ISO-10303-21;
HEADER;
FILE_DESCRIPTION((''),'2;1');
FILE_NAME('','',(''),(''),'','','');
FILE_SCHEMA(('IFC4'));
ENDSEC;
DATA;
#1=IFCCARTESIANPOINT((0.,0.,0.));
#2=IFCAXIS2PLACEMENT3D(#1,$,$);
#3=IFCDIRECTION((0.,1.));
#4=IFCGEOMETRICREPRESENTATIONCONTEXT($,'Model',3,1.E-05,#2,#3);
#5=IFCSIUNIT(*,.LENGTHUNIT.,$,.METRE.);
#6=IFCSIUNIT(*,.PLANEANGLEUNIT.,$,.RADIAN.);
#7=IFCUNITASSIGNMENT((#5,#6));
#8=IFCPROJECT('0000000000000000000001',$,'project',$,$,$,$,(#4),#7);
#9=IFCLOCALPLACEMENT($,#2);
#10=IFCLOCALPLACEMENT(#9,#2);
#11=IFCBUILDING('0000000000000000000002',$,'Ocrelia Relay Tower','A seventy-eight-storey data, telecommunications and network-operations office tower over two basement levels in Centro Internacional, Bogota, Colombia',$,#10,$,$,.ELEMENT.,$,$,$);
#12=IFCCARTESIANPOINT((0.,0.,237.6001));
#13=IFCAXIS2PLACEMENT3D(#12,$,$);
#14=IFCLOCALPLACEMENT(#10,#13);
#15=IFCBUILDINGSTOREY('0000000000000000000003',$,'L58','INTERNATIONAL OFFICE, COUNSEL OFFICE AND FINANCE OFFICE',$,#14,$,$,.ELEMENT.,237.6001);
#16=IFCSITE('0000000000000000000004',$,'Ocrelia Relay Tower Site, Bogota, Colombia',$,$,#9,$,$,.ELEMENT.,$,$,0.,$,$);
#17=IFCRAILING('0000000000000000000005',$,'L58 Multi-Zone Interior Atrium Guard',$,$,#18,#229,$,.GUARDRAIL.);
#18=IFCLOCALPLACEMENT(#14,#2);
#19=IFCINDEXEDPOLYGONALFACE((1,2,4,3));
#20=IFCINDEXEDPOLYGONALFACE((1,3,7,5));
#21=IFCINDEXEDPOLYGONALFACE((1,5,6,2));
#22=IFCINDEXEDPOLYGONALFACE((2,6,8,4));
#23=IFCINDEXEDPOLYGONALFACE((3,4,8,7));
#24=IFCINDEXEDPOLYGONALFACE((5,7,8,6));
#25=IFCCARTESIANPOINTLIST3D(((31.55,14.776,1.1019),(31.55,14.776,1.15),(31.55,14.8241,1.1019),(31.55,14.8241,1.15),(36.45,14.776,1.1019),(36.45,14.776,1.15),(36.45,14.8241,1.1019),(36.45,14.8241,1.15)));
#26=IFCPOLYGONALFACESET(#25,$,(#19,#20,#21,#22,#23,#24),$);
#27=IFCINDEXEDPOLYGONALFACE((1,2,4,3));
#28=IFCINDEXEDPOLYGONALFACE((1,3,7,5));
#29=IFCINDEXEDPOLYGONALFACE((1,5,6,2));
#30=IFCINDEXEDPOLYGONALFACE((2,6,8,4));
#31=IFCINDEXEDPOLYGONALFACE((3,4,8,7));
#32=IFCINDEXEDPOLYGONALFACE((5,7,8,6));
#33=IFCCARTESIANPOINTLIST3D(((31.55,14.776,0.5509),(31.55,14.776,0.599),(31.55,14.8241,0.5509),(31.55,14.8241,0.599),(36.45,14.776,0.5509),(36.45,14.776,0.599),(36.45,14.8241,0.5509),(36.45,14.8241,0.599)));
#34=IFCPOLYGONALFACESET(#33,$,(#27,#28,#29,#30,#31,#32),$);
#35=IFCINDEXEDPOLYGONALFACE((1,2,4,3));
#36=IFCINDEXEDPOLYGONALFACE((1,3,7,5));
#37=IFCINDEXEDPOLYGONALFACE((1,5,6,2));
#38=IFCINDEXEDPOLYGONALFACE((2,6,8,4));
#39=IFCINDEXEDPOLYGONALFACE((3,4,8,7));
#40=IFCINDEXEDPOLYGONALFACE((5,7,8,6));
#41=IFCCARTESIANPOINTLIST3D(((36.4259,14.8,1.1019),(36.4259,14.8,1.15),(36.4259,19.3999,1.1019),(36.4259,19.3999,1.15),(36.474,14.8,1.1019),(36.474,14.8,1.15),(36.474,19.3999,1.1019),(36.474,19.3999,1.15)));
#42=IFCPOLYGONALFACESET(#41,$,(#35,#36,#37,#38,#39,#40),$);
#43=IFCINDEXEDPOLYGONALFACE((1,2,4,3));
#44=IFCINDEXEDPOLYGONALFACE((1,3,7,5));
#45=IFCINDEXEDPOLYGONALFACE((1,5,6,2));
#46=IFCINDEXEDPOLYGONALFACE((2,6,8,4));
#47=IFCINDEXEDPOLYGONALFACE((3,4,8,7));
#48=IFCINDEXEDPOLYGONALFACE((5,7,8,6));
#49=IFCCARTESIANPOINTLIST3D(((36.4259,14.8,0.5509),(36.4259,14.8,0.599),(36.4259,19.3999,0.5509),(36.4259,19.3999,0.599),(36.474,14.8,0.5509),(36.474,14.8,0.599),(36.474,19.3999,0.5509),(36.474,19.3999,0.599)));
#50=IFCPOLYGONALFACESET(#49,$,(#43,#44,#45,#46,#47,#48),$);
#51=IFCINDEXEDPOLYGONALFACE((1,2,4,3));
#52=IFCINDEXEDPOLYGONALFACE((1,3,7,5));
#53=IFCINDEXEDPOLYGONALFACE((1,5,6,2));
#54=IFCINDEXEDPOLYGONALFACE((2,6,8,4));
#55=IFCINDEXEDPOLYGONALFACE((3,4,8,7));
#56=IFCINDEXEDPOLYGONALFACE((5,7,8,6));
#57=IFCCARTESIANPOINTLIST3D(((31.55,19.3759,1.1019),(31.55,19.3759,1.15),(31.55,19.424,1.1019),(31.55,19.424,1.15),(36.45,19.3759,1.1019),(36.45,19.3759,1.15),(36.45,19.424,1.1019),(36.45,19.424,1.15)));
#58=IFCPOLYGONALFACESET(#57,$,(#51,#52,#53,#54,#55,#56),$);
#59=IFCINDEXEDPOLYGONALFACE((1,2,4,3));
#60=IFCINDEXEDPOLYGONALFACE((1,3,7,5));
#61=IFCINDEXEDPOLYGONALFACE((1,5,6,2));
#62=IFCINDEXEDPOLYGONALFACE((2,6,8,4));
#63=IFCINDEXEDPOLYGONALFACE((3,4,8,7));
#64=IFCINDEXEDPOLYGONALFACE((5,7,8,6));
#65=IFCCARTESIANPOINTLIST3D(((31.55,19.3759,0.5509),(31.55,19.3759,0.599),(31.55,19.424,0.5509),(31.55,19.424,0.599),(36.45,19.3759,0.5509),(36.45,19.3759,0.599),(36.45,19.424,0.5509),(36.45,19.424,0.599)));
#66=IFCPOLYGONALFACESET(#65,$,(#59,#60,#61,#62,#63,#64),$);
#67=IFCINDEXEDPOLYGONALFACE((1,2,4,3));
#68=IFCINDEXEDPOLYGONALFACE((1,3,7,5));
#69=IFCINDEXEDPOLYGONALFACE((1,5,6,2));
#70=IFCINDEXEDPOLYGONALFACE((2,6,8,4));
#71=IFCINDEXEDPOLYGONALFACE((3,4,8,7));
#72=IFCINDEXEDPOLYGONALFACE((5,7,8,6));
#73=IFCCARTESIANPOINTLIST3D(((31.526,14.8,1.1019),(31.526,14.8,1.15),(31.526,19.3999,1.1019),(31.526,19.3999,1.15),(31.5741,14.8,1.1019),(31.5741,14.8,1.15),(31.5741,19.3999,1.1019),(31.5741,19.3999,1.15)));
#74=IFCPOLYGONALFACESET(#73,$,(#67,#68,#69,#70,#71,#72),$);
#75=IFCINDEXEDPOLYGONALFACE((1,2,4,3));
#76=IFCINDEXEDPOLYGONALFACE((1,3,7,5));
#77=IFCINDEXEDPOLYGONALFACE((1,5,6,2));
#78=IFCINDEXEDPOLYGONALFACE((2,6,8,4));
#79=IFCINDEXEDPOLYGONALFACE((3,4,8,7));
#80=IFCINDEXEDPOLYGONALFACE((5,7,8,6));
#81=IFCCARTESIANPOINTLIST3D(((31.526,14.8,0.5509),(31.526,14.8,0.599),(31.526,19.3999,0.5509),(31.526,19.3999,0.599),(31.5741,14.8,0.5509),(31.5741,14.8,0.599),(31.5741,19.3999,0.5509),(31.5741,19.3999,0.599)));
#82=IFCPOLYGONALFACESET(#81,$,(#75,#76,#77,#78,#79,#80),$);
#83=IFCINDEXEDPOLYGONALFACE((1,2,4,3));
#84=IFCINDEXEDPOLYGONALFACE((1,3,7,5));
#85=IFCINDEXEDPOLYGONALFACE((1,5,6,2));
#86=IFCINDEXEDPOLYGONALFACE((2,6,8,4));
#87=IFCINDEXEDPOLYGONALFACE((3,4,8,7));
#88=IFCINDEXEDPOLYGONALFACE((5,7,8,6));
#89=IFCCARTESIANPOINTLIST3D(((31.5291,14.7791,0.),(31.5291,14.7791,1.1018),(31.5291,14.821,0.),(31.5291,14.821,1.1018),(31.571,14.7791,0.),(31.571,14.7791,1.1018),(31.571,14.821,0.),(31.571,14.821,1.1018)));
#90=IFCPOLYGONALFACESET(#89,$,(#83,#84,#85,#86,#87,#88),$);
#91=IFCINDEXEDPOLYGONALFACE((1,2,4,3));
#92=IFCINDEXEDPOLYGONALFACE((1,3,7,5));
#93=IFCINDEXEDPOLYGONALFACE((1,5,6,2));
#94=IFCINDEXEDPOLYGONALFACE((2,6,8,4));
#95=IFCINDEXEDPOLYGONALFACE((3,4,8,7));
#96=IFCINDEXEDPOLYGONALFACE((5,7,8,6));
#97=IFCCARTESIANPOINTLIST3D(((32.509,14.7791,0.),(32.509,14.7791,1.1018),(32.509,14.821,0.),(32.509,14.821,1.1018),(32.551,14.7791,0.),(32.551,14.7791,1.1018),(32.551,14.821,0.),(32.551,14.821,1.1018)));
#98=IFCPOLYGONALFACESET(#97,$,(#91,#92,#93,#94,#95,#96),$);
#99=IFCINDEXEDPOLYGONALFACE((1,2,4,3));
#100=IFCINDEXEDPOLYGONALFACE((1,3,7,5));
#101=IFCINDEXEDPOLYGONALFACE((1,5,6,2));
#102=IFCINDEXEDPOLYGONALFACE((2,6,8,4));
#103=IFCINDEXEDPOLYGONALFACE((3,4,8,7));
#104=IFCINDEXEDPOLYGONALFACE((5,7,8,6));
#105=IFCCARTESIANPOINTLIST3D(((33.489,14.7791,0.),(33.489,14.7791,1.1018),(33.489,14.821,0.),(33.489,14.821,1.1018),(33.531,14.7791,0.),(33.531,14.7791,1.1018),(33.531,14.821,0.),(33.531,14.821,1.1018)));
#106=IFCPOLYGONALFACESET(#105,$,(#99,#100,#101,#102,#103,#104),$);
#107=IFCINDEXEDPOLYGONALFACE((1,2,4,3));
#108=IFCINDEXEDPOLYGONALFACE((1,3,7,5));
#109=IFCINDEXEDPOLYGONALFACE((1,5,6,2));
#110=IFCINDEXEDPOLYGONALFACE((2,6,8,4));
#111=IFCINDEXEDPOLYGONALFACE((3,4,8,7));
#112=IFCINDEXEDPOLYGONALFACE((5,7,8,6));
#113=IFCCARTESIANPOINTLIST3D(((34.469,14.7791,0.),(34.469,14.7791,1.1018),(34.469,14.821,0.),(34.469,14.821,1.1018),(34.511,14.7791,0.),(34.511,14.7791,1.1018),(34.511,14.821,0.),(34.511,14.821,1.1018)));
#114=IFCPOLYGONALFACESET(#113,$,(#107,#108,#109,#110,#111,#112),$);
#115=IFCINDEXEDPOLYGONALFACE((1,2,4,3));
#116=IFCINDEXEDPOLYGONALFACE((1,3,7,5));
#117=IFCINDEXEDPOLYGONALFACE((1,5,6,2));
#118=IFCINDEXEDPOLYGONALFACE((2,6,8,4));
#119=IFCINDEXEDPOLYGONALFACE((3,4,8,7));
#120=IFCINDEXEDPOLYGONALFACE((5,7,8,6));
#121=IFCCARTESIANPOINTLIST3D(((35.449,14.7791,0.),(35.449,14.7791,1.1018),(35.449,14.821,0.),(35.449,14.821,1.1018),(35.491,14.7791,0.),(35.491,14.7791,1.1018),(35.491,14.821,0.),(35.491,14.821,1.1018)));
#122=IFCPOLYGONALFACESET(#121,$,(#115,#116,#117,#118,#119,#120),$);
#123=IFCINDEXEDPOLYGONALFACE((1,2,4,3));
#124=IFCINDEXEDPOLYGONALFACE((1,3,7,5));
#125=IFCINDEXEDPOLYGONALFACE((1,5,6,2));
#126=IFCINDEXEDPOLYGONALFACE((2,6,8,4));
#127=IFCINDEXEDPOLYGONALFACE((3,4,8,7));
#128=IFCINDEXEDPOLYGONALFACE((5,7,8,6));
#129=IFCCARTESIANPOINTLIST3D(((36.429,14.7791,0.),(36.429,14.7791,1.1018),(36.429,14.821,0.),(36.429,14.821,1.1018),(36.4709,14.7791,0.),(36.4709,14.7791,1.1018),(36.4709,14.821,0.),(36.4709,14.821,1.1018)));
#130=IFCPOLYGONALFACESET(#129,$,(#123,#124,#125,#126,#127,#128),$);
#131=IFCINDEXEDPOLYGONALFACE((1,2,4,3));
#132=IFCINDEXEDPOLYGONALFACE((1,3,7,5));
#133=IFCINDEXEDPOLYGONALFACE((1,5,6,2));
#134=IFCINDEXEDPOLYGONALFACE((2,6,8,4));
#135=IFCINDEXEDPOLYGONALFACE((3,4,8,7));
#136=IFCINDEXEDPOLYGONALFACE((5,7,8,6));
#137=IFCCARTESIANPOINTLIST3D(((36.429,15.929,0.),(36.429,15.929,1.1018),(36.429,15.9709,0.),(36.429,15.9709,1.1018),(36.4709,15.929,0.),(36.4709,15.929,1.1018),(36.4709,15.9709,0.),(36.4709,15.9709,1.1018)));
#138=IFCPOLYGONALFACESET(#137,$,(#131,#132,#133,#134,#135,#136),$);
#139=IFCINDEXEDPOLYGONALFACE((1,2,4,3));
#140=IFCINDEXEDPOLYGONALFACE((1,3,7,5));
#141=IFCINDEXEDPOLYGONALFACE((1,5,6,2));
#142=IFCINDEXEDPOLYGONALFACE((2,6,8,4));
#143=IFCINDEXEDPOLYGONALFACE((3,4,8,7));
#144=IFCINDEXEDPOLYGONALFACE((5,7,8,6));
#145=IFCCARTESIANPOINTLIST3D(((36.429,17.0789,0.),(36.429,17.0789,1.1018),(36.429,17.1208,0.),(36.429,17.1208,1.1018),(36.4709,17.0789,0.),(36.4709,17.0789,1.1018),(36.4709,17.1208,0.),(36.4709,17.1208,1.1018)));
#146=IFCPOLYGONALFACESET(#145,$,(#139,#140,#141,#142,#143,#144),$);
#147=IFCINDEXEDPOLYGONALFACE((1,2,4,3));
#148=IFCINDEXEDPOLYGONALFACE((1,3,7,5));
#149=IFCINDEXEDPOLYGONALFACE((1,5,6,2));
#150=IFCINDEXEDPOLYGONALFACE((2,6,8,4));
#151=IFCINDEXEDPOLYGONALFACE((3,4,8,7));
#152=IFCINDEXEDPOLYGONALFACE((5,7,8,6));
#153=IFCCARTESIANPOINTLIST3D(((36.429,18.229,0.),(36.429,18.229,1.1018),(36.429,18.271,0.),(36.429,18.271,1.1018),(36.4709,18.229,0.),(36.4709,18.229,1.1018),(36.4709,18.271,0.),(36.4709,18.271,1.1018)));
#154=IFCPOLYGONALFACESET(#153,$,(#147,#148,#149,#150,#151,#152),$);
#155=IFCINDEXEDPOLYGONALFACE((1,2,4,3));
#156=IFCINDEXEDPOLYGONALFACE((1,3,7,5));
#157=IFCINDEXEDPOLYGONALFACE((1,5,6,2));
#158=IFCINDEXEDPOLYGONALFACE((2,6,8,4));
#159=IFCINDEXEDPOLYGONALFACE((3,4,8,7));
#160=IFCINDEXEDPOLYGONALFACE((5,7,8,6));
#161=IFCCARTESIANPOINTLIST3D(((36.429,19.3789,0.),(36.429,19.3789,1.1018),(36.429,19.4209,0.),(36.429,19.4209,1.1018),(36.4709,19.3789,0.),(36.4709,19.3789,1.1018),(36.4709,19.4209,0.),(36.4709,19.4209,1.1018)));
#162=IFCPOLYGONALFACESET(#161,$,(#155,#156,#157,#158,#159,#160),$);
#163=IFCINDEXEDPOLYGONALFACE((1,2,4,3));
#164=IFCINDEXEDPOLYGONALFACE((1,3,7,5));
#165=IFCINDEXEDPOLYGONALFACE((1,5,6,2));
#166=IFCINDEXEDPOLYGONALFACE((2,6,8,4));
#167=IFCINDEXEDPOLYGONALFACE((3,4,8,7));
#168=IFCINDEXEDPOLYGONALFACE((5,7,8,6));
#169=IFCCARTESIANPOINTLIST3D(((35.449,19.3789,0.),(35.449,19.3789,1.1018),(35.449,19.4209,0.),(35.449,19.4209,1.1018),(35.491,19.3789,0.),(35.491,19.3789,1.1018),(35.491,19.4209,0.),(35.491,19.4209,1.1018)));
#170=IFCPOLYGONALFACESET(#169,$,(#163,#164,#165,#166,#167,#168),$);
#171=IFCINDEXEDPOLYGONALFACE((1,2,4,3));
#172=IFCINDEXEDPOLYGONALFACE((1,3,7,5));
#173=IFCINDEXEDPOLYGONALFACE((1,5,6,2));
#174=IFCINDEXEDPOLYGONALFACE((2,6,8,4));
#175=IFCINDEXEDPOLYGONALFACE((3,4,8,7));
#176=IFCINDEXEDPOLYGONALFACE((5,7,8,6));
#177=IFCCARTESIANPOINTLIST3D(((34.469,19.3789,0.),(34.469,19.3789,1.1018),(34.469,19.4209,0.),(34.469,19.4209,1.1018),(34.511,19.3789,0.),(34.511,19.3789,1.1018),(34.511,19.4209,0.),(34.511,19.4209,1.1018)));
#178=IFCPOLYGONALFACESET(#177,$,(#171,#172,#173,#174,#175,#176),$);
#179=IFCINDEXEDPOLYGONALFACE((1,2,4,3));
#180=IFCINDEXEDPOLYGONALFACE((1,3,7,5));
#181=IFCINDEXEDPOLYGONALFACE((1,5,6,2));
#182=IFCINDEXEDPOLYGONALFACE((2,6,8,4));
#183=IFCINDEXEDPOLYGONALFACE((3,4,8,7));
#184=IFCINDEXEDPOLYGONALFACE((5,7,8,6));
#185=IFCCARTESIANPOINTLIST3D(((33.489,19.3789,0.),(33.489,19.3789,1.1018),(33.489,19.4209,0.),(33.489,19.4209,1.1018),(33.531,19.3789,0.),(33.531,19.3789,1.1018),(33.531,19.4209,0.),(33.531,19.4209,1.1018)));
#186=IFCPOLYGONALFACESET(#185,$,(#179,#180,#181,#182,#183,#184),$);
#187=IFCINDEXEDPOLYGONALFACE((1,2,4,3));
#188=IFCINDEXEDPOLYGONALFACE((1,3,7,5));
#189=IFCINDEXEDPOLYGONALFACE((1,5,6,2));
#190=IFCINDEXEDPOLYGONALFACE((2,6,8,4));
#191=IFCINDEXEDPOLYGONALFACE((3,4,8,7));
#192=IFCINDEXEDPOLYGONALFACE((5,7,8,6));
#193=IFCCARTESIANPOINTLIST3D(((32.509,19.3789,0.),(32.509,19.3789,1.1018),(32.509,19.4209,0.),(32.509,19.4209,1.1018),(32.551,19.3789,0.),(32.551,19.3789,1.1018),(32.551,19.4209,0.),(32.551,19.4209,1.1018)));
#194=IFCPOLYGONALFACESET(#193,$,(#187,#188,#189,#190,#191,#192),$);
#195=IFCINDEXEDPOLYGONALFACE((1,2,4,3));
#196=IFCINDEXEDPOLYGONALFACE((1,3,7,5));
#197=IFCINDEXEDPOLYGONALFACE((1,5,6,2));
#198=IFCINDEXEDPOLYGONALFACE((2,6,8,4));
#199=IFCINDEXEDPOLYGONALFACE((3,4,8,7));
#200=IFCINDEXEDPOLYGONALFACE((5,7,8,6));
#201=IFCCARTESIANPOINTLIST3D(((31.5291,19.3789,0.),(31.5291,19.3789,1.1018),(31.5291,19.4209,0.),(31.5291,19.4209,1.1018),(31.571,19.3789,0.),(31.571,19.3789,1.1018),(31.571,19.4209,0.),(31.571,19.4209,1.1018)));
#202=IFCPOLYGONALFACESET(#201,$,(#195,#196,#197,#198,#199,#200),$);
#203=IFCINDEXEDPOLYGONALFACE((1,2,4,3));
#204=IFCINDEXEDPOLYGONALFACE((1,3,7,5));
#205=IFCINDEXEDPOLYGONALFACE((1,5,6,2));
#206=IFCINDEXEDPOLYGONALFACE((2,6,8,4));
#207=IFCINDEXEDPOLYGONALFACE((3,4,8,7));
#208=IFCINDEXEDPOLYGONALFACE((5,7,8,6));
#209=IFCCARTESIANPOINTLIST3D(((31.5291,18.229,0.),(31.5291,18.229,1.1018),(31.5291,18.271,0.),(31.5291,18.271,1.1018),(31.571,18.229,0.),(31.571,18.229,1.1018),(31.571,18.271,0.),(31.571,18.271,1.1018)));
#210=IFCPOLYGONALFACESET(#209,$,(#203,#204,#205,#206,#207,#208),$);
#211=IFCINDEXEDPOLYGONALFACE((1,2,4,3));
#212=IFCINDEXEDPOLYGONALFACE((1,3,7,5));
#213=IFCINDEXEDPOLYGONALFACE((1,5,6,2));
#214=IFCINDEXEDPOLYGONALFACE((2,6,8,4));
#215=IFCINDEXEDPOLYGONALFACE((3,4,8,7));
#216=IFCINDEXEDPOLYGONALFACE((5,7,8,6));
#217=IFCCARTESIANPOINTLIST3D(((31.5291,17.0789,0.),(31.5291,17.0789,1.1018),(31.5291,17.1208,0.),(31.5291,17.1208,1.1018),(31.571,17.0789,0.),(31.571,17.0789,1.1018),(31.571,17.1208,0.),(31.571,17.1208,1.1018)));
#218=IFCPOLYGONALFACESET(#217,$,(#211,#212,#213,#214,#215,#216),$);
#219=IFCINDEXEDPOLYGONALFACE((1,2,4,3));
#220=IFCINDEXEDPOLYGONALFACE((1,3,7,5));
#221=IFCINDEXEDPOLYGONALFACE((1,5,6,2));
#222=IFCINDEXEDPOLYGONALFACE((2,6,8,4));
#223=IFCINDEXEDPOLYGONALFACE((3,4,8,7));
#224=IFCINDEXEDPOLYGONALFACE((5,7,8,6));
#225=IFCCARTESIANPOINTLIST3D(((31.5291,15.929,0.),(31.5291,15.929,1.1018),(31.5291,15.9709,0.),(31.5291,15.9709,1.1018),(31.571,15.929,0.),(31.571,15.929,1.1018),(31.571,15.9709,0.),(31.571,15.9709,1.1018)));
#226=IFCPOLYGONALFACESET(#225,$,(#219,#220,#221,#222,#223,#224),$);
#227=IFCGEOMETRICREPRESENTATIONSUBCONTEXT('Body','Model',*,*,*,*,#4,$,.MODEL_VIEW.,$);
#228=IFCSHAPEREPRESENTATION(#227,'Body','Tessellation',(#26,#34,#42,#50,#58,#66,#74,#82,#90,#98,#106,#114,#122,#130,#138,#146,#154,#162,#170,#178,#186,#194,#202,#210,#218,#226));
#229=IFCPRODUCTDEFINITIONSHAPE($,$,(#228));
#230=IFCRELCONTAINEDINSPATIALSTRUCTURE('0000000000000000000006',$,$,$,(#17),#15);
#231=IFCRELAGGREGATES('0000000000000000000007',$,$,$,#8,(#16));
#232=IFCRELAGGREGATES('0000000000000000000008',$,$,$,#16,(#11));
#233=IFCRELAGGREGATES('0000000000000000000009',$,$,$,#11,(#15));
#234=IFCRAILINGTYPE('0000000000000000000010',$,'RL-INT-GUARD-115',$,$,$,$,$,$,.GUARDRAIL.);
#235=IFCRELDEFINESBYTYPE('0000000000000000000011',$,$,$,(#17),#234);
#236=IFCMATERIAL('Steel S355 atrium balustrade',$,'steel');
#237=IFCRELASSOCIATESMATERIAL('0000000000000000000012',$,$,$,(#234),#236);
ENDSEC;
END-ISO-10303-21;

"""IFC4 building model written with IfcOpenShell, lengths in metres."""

from ifc_helpers import new_model, si_unit, direction, frame, origin, origin_2d, place, context, subcontext, project, spatial, rectangle, extrude, material, type_object, element, save


model = new_model("IFC4")

# Units and contexts
model_context = context("Model", 3, precision=1e-05, world=origin(), true_north=direction((0.0, 1.0)))
body_context = subcontext(model_context, "Body", "Model", "MODEL_VIEW")
ifc_project = project(units=[si_unit("LENGTHUNIT", "METRE"), si_unit("PLANEANGLEUNIT", "RADIAN")], contexts=[model_context])

# Site, building, storey
site_placement = place(None, origin())
site = spatial("IfcSite", under=ifc_project, at=site_placement, Name="Ocrelia Relay Tower Site, Bogota, Colombia", CompositionType="ELEMENT", RefElevation=0.0)
building_placement = place(site_placement, origin())
building = spatial("IfcBuilding", under=site, at=building_placement, Name="Ocrelia Relay Tower", Description="A seventy-eight-storey data, telecommunications and network-operations office tower over two basement levels in Centro Internacional, Bogota, Colombia", CompositionType="ELEMENT")
storey_placement = place(building_placement, frame((0.0, 0.0, 237.6001)))
storey = spatial("IfcBuildingStorey", under=building, at=storey_placement, Name="L58", Description="INTERNATIONAL OFFICE, COUNSEL OFFICE AND FINANCE OFFICE", CompositionType="ELEMENT", Elevation=237.6001)

# Railing
ifc_material_1 = material(Name="Steel S355 atrium balustrade", Category="steel")
railing_type = type_object("IfcRailingType", Name="RL-INT-GUARD-115", PredefinedType="GUARDRAIL", material=ifc_material_1)
railing_placement = place(storey_placement, frame((31.55, 14.8, 0.0)))
element("IfcRailing", 1, at=railing_placement, inside=storey, type_object=railing_type, Name="L58 Multi-Zone Interior Atrium Guard", PredefinedType="GUARDRAIL", context=body_context, shape_type="SweptSolid", body=[
    extrude(rectangle(XDim=0.0481, YDim=0.0481, at=origin_2d()), frame((0.0, 0.0, 1.126), z_axis=(1.0, 0.0, 0.0), x_axis=(0.0, 1.0, 0.0)), (0.0, 0.0, 1.0), 4.8999),
    extrude(rectangle(XDim=0.0481, YDim=0.0481, at=origin_2d()), frame((0.0, 0.0, 0.575), z_axis=(1.0, 0.0, 0.0), x_axis=(0.0, 1.0, 0.0)), (0.0, 0.0, 1.0), 4.8999),
    extrude(rectangle(XDim=0.0481, YDim=0.0481, at=origin_2d()), frame((4.8999, 0.0, 1.126), z_axis=(0.0, 1.0, 0.0), x_axis=(-1.0, 0.0, 0.0)), (0.0, 0.0, 1.0), 4.5999),
    extrude(rectangle(XDim=0.0481, YDim=0.0481, at=origin_2d()), frame((4.8999, 0.0, 0.575), z_axis=(0.0, 1.0, 0.0), x_axis=(-1.0, 0.0, 0.0)), (0.0, 0.0, 1.0), 4.5999),
    extrude(rectangle(XDim=0.0481, YDim=0.0481, at=origin_2d()), frame((4.8999, 4.5999, 1.126), z_axis=(-1.0, 0.0, 0.0), x_axis=(0.0, -1.0, 0.0)), (0.0, 0.0, 1.0), 4.8999),
    extrude(rectangle(XDim=0.0481, YDim=0.0481, at=origin_2d()), frame((4.8999, 4.5999, 0.575), z_axis=(-1.0, 0.0, 0.0), x_axis=(0.0, -1.0, 0.0)), (0.0, 0.0, 1.0), 4.8999),
    extrude(rectangle(XDim=0.0481, YDim=0.0481, at=origin_2d()), frame((0.0, 4.5999, 1.126), z_axis=(0.0, -1.0, 0.0), x_axis=(1.0, 0.0, 0.0)), (0.0, 0.0, 1.0), 4.5999),
    extrude(rectangle(XDim=0.0481, YDim=0.0481, at=origin_2d()), frame((0.0, 4.5999, 0.575), z_axis=(0.0, -1.0, 0.0), x_axis=(1.0, 0.0, 0.0)), (0.0, 0.0, 1.0), 4.5999),
    extrude(rectangle(XDim=0.042, YDim=0.042, at=origin_2d()), origin(), (0.0, 0.0, 1.0), 1.1018),
    extrude(rectangle(XDim=0.042, YDim=0.042, at=origin_2d()), frame((0.98, 0.0, 0.0)), (0.0, 0.0, 1.0), 1.1018),
    extrude(rectangle(XDim=0.042, YDim=0.042, at=origin_2d()), frame((1.96, 0.0, 0.0)), (0.0, 0.0, 1.0), 1.1018),
    extrude(rectangle(XDim=0.042, YDim=0.042, at=origin_2d()), frame((2.9399, 0.0, 0.0)), (0.0, 0.0, 1.0), 1.1018),
    extrude(rectangle(XDim=0.042, YDim=0.042, at=origin_2d()), frame((3.9199, 0.0, 0.0)), (0.0, 0.0, 1.0), 1.1018),
    extrude(rectangle(XDim=0.042, YDim=0.042, at=origin_2d()), frame((4.8999, 0.0, 0.0)), (0.0, 0.0, 1.0), 1.1018),
    extrude(rectangle(XDim=0.042, YDim=0.042, at=origin_2d()), frame((4.8999, 1.1499, 0.0)), (0.0, 0.0, 1.0), 1.1018),
    extrude(rectangle(XDim=0.042, YDim=0.042, at=origin_2d()), frame((4.8999, 2.2998, 0.0)), (0.0, 0.0, 1.0), 1.1018),
    extrude(rectangle(XDim=0.042, YDim=0.042, at=origin_2d()), frame((4.8999, 3.45, 0.0)), (0.0, 0.0, 1.0), 1.1018),
    extrude(rectangle(XDim=0.042, YDim=0.042, at=origin_2d()), frame((4.8999, 4.5999, 0.0)), (0.0, 0.0, 1.0), 1.1018),
    extrude(rectangle(XDim=0.042, YDim=0.042, at=origin_2d()), frame((3.9199, 4.5999, 0.0)), (0.0, 0.0, 1.0), 1.1018),
    extrude(rectangle(XDim=0.042, YDim=0.042, at=origin_2d()), frame((2.9399, 4.5999, 0.0)), (0.0, 0.0, 1.0), 1.1018),
    extrude(rectangle(XDim=0.042, YDim=0.042, at=origin_2d()), frame((1.96, 4.5999, 0.0)), (0.0, 0.0, 1.0), 1.1018),
    extrude(rectangle(XDim=0.042, YDim=0.042, at=origin_2d()), frame((0.98, 4.5999, 0.0)), (0.0, 0.0, 1.0), 1.1018),
    extrude(rectangle(XDim=0.042, YDim=0.042, at=origin_2d()), frame((0.0, 4.5999, 0.0)), (0.0, 0.0, 1.0), 1.1018),
    extrude(rectangle(XDim=0.042, YDim=0.042, at=origin_2d()), frame((0.0, 3.45, 0.0)), (0.0, 0.0, 1.0), 1.1018),
    extrude(rectangle(XDim=0.042, YDim=0.042, at=origin_2d()), frame((0.0, 2.2998, 0.0)), (0.0, 0.0, 1.0), 1.1018),
    extrude(rectangle(XDim=0.042, YDim=0.042, at=origin_2d()), frame((0.0, 1.1499, 0.0)), (0.0, 0.0, 1.0), 1.1018),
])

save(model, "model.ifc")
